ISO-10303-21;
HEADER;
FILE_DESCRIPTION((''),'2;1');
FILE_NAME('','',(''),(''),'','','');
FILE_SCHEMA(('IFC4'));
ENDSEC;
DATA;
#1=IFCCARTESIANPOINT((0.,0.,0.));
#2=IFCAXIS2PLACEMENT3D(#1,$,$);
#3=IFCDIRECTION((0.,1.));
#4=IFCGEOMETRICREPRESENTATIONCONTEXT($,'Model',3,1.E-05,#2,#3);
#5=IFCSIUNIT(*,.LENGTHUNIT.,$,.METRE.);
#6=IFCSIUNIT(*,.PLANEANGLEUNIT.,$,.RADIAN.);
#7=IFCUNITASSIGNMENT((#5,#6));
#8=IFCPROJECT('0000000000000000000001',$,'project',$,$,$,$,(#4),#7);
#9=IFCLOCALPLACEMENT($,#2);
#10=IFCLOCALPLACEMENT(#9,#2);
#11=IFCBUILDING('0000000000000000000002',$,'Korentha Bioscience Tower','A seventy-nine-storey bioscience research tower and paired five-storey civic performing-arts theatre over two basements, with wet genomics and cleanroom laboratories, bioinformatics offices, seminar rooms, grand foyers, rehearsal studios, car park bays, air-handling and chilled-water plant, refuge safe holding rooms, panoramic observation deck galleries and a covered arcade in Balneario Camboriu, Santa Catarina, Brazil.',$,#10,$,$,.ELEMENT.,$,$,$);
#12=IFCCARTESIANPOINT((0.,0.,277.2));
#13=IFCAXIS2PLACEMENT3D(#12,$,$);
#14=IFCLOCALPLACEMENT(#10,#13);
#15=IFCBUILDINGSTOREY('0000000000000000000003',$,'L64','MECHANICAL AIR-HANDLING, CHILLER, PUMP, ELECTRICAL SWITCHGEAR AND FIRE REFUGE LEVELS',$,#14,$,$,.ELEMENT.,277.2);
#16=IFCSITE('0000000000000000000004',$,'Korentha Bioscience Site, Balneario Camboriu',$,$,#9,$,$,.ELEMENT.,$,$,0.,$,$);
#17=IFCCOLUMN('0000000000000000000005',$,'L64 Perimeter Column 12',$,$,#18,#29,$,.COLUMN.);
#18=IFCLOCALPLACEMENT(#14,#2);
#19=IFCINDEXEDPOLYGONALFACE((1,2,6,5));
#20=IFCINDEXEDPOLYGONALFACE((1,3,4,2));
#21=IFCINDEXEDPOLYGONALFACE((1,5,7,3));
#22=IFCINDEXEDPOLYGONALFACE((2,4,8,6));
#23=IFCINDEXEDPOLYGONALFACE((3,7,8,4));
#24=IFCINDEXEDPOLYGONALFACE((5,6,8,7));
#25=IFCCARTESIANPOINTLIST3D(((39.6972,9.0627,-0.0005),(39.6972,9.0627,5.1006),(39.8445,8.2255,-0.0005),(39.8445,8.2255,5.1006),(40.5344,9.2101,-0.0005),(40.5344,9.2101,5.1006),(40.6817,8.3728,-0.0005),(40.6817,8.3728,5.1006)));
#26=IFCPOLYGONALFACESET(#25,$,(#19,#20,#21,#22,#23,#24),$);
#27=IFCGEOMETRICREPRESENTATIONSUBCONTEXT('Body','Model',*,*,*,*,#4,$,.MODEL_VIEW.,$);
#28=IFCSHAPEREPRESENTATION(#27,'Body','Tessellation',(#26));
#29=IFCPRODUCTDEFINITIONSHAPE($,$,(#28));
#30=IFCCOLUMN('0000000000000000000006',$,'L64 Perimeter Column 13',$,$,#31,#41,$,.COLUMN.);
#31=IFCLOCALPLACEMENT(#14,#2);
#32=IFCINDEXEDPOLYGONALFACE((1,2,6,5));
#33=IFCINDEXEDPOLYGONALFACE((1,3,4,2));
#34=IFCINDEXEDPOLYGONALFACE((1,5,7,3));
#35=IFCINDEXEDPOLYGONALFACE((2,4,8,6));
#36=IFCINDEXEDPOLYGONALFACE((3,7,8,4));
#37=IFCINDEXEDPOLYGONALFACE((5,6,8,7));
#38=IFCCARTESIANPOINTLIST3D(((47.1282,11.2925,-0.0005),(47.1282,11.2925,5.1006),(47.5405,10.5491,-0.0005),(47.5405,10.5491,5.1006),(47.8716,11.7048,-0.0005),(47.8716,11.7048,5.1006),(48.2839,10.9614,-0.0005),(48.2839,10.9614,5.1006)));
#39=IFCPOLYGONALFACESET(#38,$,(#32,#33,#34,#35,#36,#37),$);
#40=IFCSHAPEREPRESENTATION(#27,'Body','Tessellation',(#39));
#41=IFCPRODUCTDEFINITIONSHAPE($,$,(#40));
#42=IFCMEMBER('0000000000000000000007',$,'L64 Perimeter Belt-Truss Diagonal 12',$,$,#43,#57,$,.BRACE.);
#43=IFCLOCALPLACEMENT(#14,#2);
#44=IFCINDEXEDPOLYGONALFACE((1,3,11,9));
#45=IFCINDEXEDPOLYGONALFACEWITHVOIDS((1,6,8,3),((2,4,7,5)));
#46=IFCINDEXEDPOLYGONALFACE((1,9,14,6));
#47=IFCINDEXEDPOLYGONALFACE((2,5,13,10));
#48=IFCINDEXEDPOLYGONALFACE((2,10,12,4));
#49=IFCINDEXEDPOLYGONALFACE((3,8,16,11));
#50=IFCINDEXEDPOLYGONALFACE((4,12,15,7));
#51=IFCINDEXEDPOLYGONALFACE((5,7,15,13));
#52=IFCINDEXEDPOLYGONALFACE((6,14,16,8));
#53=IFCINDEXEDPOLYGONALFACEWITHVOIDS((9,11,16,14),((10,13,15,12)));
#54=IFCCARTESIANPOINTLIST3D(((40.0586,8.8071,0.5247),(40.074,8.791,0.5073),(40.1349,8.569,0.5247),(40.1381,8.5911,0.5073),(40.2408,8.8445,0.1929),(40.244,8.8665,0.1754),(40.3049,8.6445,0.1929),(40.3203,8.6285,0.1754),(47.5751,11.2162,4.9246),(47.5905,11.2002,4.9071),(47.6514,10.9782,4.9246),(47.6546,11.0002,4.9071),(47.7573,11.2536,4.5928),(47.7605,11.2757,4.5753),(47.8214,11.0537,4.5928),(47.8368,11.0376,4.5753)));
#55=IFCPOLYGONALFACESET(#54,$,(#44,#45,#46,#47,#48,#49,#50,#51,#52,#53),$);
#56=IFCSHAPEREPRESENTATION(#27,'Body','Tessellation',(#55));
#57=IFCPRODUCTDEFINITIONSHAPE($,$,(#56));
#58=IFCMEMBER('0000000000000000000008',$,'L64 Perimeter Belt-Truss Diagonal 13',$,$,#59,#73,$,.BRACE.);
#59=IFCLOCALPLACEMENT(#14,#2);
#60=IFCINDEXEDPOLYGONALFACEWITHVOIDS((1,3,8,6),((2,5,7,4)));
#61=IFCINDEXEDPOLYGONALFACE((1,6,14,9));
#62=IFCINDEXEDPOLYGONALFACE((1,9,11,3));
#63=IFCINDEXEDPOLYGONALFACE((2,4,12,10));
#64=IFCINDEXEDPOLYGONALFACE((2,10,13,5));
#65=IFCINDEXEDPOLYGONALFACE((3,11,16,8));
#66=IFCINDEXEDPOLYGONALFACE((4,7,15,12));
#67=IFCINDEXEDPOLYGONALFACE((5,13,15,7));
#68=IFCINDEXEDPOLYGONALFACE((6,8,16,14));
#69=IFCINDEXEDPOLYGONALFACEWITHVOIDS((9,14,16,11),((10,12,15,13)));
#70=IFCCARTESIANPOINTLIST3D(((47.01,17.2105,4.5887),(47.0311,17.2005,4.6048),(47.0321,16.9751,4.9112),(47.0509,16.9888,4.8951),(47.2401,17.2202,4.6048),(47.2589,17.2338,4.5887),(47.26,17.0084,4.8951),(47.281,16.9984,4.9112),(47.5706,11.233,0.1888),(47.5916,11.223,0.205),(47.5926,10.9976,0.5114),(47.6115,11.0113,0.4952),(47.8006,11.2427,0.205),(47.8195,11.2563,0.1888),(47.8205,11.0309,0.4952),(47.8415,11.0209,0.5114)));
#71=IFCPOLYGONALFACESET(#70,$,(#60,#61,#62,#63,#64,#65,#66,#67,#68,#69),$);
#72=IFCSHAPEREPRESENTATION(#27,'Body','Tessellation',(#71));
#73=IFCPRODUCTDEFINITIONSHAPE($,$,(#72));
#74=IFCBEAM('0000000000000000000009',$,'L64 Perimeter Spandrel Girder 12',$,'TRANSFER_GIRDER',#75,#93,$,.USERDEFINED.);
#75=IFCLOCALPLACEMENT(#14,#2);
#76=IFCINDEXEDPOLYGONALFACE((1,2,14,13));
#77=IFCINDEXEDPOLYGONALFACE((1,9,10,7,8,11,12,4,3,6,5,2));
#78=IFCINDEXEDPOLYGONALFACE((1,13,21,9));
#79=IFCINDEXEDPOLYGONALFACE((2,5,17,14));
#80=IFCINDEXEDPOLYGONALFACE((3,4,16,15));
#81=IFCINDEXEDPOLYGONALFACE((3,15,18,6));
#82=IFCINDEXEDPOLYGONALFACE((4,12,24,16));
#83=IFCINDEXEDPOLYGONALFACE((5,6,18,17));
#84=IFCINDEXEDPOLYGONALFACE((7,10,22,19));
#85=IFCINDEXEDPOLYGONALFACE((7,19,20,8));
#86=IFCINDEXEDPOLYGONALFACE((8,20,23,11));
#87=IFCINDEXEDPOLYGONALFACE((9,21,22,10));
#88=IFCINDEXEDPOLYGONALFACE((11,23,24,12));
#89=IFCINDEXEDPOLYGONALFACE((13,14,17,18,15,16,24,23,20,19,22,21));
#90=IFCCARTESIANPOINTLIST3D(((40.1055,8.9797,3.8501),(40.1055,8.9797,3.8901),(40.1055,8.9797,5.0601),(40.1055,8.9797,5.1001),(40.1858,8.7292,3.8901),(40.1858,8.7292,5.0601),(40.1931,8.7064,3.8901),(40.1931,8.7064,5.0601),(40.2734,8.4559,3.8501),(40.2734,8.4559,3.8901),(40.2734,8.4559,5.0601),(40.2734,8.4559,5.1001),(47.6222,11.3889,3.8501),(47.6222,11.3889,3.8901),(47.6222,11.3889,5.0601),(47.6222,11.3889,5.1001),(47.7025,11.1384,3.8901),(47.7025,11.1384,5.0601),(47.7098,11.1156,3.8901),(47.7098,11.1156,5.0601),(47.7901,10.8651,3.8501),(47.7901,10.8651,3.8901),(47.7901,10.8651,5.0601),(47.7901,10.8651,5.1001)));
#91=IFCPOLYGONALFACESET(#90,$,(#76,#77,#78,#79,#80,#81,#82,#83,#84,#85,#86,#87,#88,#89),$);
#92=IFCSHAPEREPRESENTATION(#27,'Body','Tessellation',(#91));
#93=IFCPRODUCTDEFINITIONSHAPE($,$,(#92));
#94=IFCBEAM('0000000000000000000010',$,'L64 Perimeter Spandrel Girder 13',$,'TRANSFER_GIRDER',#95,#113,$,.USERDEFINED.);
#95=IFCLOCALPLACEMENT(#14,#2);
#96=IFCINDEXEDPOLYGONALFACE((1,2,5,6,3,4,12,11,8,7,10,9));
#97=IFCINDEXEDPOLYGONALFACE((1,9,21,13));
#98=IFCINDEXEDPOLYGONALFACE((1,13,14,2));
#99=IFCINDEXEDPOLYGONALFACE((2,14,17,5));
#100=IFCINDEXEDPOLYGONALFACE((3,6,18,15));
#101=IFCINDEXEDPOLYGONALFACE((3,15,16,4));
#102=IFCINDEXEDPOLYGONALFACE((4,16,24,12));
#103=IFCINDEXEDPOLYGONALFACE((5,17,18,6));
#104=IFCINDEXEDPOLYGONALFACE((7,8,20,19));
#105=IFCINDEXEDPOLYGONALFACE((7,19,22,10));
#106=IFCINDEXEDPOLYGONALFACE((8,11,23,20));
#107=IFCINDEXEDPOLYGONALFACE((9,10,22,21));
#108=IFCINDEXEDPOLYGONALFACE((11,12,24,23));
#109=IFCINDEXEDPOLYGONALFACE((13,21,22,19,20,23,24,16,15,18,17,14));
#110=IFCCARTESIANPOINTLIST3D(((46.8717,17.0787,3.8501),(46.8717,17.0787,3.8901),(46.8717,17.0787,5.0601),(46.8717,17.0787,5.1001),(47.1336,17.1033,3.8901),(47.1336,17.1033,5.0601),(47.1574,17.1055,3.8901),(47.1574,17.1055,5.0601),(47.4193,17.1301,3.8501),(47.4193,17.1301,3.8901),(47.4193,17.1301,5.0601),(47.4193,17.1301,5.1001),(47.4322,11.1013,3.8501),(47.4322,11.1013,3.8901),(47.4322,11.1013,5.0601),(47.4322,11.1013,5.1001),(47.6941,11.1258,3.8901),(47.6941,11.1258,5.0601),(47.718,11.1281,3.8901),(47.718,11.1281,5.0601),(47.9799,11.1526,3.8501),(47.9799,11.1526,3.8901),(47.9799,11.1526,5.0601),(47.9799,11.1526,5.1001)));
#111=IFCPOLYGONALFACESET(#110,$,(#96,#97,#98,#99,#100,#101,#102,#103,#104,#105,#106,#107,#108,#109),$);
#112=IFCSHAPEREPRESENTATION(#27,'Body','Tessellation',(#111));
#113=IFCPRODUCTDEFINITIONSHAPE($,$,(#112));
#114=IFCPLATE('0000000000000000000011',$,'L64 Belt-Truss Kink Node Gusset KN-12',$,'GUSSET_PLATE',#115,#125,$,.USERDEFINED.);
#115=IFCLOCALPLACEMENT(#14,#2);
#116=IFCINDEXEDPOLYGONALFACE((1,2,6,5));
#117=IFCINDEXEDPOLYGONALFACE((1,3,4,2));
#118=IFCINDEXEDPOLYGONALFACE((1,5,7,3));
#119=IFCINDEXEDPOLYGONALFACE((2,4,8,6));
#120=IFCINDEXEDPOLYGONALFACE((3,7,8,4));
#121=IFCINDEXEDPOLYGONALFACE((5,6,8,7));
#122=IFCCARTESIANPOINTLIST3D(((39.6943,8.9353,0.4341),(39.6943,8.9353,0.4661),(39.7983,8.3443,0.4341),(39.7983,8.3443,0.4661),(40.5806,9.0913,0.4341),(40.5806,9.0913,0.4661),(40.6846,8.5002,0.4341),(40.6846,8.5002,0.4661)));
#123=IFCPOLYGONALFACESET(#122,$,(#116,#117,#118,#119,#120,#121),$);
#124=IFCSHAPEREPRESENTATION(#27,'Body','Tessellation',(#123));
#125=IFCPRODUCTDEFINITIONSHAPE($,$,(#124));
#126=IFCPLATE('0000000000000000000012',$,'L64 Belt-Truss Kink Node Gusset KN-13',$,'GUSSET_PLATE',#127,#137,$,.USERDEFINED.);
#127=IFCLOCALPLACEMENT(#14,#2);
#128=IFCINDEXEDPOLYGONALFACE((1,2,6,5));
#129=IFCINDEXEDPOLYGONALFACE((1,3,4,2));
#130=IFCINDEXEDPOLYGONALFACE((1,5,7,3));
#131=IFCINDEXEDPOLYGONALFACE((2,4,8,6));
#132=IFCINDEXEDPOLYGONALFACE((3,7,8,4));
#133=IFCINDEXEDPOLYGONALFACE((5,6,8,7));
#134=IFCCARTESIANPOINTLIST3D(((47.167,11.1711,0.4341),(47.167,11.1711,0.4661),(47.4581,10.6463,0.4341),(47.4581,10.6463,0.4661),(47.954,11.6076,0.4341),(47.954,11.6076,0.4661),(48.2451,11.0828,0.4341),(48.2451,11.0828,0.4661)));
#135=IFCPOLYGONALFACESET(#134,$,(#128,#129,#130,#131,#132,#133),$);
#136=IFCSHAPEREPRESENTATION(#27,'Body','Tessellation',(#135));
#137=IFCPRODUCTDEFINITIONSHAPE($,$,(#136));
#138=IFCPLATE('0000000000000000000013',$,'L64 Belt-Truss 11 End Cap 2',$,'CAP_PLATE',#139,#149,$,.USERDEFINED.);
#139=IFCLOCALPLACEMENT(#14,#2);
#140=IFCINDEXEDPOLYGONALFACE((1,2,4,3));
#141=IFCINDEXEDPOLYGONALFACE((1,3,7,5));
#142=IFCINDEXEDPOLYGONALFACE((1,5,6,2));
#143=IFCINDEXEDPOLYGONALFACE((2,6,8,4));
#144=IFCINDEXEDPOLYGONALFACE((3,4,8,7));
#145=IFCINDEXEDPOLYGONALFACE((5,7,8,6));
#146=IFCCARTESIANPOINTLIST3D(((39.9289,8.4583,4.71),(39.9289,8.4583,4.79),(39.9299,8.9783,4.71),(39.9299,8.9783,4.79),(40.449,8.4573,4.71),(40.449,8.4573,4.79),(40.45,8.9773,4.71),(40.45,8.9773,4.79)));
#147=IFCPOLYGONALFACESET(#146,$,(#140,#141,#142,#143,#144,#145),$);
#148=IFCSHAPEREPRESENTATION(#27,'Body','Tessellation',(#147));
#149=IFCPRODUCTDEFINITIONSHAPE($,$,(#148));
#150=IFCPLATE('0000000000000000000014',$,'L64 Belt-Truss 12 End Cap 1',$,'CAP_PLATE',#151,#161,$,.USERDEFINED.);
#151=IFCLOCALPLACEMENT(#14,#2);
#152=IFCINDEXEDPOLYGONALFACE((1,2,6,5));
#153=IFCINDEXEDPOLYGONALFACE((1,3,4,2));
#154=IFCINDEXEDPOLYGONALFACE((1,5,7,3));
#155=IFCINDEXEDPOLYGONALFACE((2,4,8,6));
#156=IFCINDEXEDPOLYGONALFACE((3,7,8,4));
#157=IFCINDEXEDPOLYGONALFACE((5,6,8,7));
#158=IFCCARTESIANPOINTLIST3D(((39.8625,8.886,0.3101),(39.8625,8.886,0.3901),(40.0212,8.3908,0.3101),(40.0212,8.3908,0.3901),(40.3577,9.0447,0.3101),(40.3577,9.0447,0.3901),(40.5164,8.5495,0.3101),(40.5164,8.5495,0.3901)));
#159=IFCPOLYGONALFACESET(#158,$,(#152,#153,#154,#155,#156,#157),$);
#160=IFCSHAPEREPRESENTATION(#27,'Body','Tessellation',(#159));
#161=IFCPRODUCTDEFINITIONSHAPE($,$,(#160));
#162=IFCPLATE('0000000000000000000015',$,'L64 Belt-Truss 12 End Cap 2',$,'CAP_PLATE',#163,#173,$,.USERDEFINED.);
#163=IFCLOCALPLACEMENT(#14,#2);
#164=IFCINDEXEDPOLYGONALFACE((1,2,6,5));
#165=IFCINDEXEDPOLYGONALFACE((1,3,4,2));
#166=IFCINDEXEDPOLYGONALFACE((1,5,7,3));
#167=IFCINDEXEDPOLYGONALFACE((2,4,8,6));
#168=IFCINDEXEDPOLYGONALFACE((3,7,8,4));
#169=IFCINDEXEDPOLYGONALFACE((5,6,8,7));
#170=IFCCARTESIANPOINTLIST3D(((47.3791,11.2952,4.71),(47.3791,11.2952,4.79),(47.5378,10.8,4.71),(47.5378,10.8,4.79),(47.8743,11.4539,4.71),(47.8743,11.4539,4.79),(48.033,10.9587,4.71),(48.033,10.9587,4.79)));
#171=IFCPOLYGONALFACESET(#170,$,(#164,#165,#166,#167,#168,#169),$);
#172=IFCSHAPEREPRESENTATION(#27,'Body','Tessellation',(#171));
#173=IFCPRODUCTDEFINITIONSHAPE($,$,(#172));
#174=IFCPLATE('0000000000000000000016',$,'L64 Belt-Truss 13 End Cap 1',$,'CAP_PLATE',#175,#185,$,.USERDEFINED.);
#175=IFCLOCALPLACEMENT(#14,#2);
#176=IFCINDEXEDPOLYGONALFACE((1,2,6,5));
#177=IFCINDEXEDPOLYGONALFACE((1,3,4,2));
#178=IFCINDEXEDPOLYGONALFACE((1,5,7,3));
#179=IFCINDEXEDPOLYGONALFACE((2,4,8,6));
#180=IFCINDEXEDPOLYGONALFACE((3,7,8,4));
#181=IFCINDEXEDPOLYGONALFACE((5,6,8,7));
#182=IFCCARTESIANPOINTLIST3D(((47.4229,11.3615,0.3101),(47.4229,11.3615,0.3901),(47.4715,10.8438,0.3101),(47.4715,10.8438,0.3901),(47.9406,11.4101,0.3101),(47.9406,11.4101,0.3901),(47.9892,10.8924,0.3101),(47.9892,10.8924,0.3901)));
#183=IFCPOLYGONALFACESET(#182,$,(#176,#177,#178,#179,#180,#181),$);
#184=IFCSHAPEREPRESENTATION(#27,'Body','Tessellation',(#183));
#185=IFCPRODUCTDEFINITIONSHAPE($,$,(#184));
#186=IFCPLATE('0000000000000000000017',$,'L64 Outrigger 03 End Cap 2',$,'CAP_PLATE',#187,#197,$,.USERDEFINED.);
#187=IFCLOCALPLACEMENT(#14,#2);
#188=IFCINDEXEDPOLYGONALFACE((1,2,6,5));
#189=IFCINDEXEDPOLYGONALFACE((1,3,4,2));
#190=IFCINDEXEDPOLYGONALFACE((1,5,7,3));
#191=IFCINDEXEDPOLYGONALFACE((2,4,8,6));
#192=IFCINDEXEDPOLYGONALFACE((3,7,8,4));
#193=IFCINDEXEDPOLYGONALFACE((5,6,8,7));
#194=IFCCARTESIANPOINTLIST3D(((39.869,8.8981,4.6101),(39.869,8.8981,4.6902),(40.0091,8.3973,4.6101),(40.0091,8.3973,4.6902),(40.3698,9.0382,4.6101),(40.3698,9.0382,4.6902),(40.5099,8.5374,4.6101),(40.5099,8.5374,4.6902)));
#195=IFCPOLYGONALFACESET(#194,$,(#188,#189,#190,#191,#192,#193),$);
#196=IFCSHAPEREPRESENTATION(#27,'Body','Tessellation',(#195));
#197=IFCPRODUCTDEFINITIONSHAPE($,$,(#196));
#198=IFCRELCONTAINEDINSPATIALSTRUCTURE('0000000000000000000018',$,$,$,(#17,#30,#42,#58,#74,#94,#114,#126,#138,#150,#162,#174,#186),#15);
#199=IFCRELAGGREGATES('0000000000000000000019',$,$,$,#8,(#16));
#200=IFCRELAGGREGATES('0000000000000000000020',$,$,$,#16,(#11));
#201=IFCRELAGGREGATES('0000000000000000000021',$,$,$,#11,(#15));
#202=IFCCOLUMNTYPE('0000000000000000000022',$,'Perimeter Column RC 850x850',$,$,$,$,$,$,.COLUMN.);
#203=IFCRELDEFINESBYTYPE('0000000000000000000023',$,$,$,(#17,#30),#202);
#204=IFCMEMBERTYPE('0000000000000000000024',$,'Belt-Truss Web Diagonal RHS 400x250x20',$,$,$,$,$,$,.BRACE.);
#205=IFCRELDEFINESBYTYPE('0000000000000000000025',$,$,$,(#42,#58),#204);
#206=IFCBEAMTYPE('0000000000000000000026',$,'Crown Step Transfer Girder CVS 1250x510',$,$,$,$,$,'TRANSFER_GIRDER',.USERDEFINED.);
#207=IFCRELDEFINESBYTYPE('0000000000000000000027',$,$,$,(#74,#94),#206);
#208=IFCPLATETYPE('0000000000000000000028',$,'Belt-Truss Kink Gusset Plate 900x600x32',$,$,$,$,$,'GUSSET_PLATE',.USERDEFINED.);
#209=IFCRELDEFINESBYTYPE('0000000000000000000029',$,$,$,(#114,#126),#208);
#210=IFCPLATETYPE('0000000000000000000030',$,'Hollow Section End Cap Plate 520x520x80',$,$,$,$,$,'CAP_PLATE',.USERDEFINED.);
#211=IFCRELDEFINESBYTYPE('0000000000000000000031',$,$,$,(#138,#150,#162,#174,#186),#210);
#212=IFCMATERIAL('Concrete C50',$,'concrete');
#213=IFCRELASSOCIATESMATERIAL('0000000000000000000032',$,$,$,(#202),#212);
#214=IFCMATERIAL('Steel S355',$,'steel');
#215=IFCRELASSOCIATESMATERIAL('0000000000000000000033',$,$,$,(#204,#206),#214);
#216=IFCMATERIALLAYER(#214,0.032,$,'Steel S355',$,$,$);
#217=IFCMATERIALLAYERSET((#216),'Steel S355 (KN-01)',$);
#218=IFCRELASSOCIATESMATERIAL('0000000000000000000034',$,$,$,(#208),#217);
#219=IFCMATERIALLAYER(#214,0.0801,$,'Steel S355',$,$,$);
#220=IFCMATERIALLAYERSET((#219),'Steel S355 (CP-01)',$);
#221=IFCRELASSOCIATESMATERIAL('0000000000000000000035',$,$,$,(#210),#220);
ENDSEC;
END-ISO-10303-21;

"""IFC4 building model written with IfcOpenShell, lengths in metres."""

from ifc_helpers import new_model, si_unit, direction, frame, origin, origin_2d, place, context, subcontext, project, spatial, rectangle, hollow_rectangle, i_section, extrude, material, layer, layer_set, material_profile, profile_set, type_object, element, save


model = new_model("IFC4")

# Units and contexts
model_context = context("Model", 3, precision=1e-05, world=origin(), true_north=direction((0.0, 1.0)))
body_context = subcontext(model_context, "Body", "Model", "MODEL_VIEW")
ifc_project = project(units=[si_unit("LENGTHUNIT", "METRE"), si_unit("PLANEANGLEUNIT", "RADIAN")], contexts=[model_context])

# Site, building, storey
site_placement = place(None, origin())
site = spatial("IfcSite", under=ifc_project, at=site_placement, Name="Korentha Bioscience Site, Balneario Camboriu", CompositionType="ELEMENT", RefElevation=0.0)
building_placement = place(site_placement, origin())
building = spatial("IfcBuilding", under=site, at=building_placement, Name="Korentha Bioscience Tower", Description="A seventy-nine-storey bioscience research tower and paired five-storey civic performing-arts theatre over two basements, with wet genomics and cleanroom laboratories, bioinformatics offices, seminar rooms, grand foyers, rehearsal studios, car park bays, air-handling and chilled-water plant, refuge safe holding rooms, panoramic observation deck galleries and a covered arcade in Balneario Camboriu, Santa Catarina, Brazil.", CompositionType="ELEMENT")
storey_placement = place(building_placement, frame((0.0, 0.0, 277.2)))
storey = spatial("IfcBuildingStorey", under=building, at=storey_placement, Name="L64", Description="MECHANICAL AIR-HANDLING, CHILLER, PUMP, ELECTRICAL SWITCHGEAR AND FIRE REFUGE LEVELS", CompositionType="ELEMENT", Elevation=277.2)

# Columns
ifc_material_1 = material(Name="Concrete C50", Category="concrete")
ifc_material_profile_1 = material_profile(ifc_material_1, rectangle(XDim=0.8501, YDim=0.8501, at=origin_2d()), Name="Concrete C50")
ifc_profile_set_1 = profile_set([ifc_material_profile_1], Name="Concrete C50 (COL-P08)")
column_type = type_object("IfcColumnType", Name="Perimeter Column RC 850x850", PredefinedType="COLUMN", material=ifc_profile_set_1)
for number, where, z_axis, x_axis, name in (
    (1, (40.1895, 8.7178, -0.0005), (0.0, 0.0, 1.0), (0.984868, 0.173304, 0.0), "L64 Perimeter Column 12"),
    (2, (47.7061, 11.127, -0.0005), (0.0, 0.0, 1.0), (0.874535, 0.484962, 0.0), "L64 Perimeter Column 13"),
):
    element("IfcColumn", number, at=place(storey_placement, frame(where, z_axis=z_axis, x_axis=x_axis)), inside=storey, type_object=column_type, Name=name, PredefinedType="COLUMN", context=body_context, shape_type="SweptSolid", body=[
        extrude(rectangle(XDim=0.8501, YDim=0.8501, at=origin_2d()), origin(), (0.0, 0.0, 1.0), 5.1011),
    ])

# Members
ifc_material_2 = material(Name="Steel S355", Category="steel")
ifc_material_profile_2 = material_profile(ifc_material_2, hollow_rectangle(XDim=0.25, YDim=0.3999, WallThickness=0.02, at=origin_2d()), Name="Steel S355")
ifc_profile_set_2 = profile_set([ifc_material_profile_2], Name="Steel S355 (BT-D400)")
member_type = type_object("IfcMemberType", Name="Belt-Truss Web Diagonal RHS 400x250x20", PredefinedType="BRACE", material=ifc_profile_set_2)
member_1_placement = place(storey_placement, frame((40.1895, 8.7178, 0.3501), z_axis=(0.831783, 0.266598, 0.486891), x_axis=(-0.30522, 0.952282, 0.0)))
element("IfcMember", 3, at=member_1_placement, inside=storey, type_object=member_type, Name="L64 Perimeter Belt-Truss Diagonal 12", PredefinedType="BRACE", context=body_context, shape_type="SweptSolid", body=[
    extrude(hollow_rectangle(XDim=0.25, YDim=0.3999, WallThickness=0.02, at=origin_2d()), origin(), (0.0, 0.0, 1.0), 9.0366),
])
member_2_placement = place(storey_placement, frame((47.7061, 11.127, 0.3501), z_axis=(-0.075308, 0.803065, 0.591114), x_axis=(-0.995632, -0.093366, 0.0)))
element("IfcMember", 4, at=member_2_placement, inside=storey, type_object=member_type, Name="L64 Perimeter Belt-Truss Diagonal 13", PredefinedType="BRACE", context=body_context, shape_type="SweptSolid", body=[
    extrude(hollow_rectangle(XDim=0.25, YDim=0.3999, WallThickness=0.02, at=origin_2d()), origin(), (0.0, 0.0, 1.0), 7.4434),
])

# Beams
ifc_material_profile_3 = material_profile(ifc_material_2, i_section(OverallWidth=0.55, OverallDepth=1.25, WebThickness=0.0239, FlangeThickness=0.04, at=origin_2d()), Name="Steel S355")
ifc_profile_set_3 = profile_set([ifc_material_profile_3], Name="Steel S355 (TG-03)")
beam_type = type_object("IfcBeamType", Name="Crown Step Transfer Girder CVS 1250x510", ElementType="TRANSFER_GIRDER", PredefinedType="USERDEFINED", material=ifc_profile_set_3)
beam_1_placement = place(storey_placement, frame((40.1895, 8.7178, 4.4751), z_axis=(0.952282, 0.30522, 0.0), x_axis=(-0.30522, 0.952282, 0.0)))
element("IfcBeam", 5, at=beam_1_placement, inside=storey, type_object=beam_type, Name="L64 Perimeter Spandrel Girder 12", ObjectType="TRANSFER_GIRDER", PredefinedType="USERDEFINED", context=body_context, shape_type="SweptSolid", body=[
    extrude(i_section(OverallWidth=0.55, OverallDepth=1.25, WebThickness=0.0239, FlangeThickness=0.04, at=origin_2d()), origin(), (0.0, 0.0, 1.0), 7.8933),
])
beam_2_placement = place(storey_placement, frame((47.7061, 11.127, 4.4751), z_axis=(-0.093366, 0.995632, 0.0), x_axis=(-0.995632, -0.093366, 0.0)))
element("IfcBeam", 6, at=beam_2_placement, inside=storey, type_object=beam_type, Name="L64 Perimeter Spandrel Girder 13", ObjectType="TRANSFER_GIRDER", PredefinedType="USERDEFINED", context=body_context, shape_type="SweptSolid", body=[
    extrude(i_section(OverallWidth=0.55, OverallDepth=1.25, WebThickness=0.0239, FlangeThickness=0.04, at=origin_2d()), origin(), (0.0, 0.0, 1.0), 6.0037),
])

# Plates
ifc_layer_1 = layer(ifc_material_2, 0.032, Name="Steel S355")
ifc_layer_set_1 = layer_set([ifc_layer_1], Name="Steel S355 (KN-01)")
plate_type_1 = type_object("IfcPlateType", Name="Belt-Truss Kink Gusset Plate 900x600x32", ElementType="GUSSET_PLATE", PredefinedType="USERDEFINED", material=ifc_layer_set_1)
for number, where, z_axis, x_axis, name in (
    (7, (40.1895, 8.7178, 0.4341), (0.0, 0.0, 1.0), (0.984868, 0.173304, 0.0), "L64 Belt-Truss Kink Node Gusset KN-12"),
    (8, (47.7061, 11.127, 0.4341), (0.0, 0.0, 1.0), (0.874535, 0.484962, 0.0), "L64 Belt-Truss Kink Node Gusset KN-13"),
):
    element("IfcPlate", number, at=place(storey_placement, frame(where, z_axis=z_axis, x_axis=x_axis)), inside=storey, type_object=plate_type_1, Name=name, ObjectType="GUSSET_PLATE", PredefinedType="USERDEFINED", context=body_context, shape_type="SweptSolid", body=[
        extrude(rectangle(XDim=0.8999, YDim=0.6001, at=origin_2d()), origin(), (0.0, 0.0, 1.0), 0.032),
    ])
ifc_layer_2 = layer(ifc_material_2, 0.0801, Name="Steel S355")
ifc_layer_set_2 = layer_set([ifc_layer_2], Name="Steel S355 (CP-01)")
plate_type_2 = type_object("IfcPlateType", Name="Hollow Section End Cap Plate 520x520x80", ElementType="CAP_PLATE", PredefinedType="USERDEFINED", material=ifc_layer_set_2)
for number, where, z_axis, x_axis, name in (
    (9, (40.1895, 8.7178, 4.71), (0.0, 0.0, 1.0), (-0.999998, 0.00192, 0.0), "L64 Belt-Truss 11 End Cap 2"),
    (10, (40.1895, 8.7178, 0.3101), (0.0, 0.0, 1.0), (0.952289, 0.305197, 0.0), "L64 Belt-Truss 12 End Cap 1"),
    (11, (47.7061, 11.127, 4.71), (0.0, 0.0, 1.0), (0.952289, 0.305197, 0.0), "L64 Belt-Truss 12 End Cap 2"),
    (12, (47.7061, 11.127, 0.3101), (0.0, 0.0, 1.0), (-0.093413, 0.995627, 0.0), "L64 Belt-Truss 13 End Cap 1"),
    (13, (40.1895, 8.7178, 4.6101), (0.0, 0.0, 1.0), (-0.269424, 0.963022, 0.0), "L64 Outrigger 03 End Cap 2"),
):
    element("IfcPlate", number, at=place(storey_placement, frame(where, z_axis=z_axis, x_axis=x_axis)), inside=storey, type_object=plate_type_2, Name=name, ObjectType="CAP_PLATE", PredefinedType="USERDEFINED", context=body_context, shape_type="SweptSolid", body=[
        extrude(rectangle(XDim=0.52, YDim=0.52, at=origin_2d()), origin(), (0.0, 0.0, 1.0), 0.0801),
    ])

save(model, "model.ifc")
